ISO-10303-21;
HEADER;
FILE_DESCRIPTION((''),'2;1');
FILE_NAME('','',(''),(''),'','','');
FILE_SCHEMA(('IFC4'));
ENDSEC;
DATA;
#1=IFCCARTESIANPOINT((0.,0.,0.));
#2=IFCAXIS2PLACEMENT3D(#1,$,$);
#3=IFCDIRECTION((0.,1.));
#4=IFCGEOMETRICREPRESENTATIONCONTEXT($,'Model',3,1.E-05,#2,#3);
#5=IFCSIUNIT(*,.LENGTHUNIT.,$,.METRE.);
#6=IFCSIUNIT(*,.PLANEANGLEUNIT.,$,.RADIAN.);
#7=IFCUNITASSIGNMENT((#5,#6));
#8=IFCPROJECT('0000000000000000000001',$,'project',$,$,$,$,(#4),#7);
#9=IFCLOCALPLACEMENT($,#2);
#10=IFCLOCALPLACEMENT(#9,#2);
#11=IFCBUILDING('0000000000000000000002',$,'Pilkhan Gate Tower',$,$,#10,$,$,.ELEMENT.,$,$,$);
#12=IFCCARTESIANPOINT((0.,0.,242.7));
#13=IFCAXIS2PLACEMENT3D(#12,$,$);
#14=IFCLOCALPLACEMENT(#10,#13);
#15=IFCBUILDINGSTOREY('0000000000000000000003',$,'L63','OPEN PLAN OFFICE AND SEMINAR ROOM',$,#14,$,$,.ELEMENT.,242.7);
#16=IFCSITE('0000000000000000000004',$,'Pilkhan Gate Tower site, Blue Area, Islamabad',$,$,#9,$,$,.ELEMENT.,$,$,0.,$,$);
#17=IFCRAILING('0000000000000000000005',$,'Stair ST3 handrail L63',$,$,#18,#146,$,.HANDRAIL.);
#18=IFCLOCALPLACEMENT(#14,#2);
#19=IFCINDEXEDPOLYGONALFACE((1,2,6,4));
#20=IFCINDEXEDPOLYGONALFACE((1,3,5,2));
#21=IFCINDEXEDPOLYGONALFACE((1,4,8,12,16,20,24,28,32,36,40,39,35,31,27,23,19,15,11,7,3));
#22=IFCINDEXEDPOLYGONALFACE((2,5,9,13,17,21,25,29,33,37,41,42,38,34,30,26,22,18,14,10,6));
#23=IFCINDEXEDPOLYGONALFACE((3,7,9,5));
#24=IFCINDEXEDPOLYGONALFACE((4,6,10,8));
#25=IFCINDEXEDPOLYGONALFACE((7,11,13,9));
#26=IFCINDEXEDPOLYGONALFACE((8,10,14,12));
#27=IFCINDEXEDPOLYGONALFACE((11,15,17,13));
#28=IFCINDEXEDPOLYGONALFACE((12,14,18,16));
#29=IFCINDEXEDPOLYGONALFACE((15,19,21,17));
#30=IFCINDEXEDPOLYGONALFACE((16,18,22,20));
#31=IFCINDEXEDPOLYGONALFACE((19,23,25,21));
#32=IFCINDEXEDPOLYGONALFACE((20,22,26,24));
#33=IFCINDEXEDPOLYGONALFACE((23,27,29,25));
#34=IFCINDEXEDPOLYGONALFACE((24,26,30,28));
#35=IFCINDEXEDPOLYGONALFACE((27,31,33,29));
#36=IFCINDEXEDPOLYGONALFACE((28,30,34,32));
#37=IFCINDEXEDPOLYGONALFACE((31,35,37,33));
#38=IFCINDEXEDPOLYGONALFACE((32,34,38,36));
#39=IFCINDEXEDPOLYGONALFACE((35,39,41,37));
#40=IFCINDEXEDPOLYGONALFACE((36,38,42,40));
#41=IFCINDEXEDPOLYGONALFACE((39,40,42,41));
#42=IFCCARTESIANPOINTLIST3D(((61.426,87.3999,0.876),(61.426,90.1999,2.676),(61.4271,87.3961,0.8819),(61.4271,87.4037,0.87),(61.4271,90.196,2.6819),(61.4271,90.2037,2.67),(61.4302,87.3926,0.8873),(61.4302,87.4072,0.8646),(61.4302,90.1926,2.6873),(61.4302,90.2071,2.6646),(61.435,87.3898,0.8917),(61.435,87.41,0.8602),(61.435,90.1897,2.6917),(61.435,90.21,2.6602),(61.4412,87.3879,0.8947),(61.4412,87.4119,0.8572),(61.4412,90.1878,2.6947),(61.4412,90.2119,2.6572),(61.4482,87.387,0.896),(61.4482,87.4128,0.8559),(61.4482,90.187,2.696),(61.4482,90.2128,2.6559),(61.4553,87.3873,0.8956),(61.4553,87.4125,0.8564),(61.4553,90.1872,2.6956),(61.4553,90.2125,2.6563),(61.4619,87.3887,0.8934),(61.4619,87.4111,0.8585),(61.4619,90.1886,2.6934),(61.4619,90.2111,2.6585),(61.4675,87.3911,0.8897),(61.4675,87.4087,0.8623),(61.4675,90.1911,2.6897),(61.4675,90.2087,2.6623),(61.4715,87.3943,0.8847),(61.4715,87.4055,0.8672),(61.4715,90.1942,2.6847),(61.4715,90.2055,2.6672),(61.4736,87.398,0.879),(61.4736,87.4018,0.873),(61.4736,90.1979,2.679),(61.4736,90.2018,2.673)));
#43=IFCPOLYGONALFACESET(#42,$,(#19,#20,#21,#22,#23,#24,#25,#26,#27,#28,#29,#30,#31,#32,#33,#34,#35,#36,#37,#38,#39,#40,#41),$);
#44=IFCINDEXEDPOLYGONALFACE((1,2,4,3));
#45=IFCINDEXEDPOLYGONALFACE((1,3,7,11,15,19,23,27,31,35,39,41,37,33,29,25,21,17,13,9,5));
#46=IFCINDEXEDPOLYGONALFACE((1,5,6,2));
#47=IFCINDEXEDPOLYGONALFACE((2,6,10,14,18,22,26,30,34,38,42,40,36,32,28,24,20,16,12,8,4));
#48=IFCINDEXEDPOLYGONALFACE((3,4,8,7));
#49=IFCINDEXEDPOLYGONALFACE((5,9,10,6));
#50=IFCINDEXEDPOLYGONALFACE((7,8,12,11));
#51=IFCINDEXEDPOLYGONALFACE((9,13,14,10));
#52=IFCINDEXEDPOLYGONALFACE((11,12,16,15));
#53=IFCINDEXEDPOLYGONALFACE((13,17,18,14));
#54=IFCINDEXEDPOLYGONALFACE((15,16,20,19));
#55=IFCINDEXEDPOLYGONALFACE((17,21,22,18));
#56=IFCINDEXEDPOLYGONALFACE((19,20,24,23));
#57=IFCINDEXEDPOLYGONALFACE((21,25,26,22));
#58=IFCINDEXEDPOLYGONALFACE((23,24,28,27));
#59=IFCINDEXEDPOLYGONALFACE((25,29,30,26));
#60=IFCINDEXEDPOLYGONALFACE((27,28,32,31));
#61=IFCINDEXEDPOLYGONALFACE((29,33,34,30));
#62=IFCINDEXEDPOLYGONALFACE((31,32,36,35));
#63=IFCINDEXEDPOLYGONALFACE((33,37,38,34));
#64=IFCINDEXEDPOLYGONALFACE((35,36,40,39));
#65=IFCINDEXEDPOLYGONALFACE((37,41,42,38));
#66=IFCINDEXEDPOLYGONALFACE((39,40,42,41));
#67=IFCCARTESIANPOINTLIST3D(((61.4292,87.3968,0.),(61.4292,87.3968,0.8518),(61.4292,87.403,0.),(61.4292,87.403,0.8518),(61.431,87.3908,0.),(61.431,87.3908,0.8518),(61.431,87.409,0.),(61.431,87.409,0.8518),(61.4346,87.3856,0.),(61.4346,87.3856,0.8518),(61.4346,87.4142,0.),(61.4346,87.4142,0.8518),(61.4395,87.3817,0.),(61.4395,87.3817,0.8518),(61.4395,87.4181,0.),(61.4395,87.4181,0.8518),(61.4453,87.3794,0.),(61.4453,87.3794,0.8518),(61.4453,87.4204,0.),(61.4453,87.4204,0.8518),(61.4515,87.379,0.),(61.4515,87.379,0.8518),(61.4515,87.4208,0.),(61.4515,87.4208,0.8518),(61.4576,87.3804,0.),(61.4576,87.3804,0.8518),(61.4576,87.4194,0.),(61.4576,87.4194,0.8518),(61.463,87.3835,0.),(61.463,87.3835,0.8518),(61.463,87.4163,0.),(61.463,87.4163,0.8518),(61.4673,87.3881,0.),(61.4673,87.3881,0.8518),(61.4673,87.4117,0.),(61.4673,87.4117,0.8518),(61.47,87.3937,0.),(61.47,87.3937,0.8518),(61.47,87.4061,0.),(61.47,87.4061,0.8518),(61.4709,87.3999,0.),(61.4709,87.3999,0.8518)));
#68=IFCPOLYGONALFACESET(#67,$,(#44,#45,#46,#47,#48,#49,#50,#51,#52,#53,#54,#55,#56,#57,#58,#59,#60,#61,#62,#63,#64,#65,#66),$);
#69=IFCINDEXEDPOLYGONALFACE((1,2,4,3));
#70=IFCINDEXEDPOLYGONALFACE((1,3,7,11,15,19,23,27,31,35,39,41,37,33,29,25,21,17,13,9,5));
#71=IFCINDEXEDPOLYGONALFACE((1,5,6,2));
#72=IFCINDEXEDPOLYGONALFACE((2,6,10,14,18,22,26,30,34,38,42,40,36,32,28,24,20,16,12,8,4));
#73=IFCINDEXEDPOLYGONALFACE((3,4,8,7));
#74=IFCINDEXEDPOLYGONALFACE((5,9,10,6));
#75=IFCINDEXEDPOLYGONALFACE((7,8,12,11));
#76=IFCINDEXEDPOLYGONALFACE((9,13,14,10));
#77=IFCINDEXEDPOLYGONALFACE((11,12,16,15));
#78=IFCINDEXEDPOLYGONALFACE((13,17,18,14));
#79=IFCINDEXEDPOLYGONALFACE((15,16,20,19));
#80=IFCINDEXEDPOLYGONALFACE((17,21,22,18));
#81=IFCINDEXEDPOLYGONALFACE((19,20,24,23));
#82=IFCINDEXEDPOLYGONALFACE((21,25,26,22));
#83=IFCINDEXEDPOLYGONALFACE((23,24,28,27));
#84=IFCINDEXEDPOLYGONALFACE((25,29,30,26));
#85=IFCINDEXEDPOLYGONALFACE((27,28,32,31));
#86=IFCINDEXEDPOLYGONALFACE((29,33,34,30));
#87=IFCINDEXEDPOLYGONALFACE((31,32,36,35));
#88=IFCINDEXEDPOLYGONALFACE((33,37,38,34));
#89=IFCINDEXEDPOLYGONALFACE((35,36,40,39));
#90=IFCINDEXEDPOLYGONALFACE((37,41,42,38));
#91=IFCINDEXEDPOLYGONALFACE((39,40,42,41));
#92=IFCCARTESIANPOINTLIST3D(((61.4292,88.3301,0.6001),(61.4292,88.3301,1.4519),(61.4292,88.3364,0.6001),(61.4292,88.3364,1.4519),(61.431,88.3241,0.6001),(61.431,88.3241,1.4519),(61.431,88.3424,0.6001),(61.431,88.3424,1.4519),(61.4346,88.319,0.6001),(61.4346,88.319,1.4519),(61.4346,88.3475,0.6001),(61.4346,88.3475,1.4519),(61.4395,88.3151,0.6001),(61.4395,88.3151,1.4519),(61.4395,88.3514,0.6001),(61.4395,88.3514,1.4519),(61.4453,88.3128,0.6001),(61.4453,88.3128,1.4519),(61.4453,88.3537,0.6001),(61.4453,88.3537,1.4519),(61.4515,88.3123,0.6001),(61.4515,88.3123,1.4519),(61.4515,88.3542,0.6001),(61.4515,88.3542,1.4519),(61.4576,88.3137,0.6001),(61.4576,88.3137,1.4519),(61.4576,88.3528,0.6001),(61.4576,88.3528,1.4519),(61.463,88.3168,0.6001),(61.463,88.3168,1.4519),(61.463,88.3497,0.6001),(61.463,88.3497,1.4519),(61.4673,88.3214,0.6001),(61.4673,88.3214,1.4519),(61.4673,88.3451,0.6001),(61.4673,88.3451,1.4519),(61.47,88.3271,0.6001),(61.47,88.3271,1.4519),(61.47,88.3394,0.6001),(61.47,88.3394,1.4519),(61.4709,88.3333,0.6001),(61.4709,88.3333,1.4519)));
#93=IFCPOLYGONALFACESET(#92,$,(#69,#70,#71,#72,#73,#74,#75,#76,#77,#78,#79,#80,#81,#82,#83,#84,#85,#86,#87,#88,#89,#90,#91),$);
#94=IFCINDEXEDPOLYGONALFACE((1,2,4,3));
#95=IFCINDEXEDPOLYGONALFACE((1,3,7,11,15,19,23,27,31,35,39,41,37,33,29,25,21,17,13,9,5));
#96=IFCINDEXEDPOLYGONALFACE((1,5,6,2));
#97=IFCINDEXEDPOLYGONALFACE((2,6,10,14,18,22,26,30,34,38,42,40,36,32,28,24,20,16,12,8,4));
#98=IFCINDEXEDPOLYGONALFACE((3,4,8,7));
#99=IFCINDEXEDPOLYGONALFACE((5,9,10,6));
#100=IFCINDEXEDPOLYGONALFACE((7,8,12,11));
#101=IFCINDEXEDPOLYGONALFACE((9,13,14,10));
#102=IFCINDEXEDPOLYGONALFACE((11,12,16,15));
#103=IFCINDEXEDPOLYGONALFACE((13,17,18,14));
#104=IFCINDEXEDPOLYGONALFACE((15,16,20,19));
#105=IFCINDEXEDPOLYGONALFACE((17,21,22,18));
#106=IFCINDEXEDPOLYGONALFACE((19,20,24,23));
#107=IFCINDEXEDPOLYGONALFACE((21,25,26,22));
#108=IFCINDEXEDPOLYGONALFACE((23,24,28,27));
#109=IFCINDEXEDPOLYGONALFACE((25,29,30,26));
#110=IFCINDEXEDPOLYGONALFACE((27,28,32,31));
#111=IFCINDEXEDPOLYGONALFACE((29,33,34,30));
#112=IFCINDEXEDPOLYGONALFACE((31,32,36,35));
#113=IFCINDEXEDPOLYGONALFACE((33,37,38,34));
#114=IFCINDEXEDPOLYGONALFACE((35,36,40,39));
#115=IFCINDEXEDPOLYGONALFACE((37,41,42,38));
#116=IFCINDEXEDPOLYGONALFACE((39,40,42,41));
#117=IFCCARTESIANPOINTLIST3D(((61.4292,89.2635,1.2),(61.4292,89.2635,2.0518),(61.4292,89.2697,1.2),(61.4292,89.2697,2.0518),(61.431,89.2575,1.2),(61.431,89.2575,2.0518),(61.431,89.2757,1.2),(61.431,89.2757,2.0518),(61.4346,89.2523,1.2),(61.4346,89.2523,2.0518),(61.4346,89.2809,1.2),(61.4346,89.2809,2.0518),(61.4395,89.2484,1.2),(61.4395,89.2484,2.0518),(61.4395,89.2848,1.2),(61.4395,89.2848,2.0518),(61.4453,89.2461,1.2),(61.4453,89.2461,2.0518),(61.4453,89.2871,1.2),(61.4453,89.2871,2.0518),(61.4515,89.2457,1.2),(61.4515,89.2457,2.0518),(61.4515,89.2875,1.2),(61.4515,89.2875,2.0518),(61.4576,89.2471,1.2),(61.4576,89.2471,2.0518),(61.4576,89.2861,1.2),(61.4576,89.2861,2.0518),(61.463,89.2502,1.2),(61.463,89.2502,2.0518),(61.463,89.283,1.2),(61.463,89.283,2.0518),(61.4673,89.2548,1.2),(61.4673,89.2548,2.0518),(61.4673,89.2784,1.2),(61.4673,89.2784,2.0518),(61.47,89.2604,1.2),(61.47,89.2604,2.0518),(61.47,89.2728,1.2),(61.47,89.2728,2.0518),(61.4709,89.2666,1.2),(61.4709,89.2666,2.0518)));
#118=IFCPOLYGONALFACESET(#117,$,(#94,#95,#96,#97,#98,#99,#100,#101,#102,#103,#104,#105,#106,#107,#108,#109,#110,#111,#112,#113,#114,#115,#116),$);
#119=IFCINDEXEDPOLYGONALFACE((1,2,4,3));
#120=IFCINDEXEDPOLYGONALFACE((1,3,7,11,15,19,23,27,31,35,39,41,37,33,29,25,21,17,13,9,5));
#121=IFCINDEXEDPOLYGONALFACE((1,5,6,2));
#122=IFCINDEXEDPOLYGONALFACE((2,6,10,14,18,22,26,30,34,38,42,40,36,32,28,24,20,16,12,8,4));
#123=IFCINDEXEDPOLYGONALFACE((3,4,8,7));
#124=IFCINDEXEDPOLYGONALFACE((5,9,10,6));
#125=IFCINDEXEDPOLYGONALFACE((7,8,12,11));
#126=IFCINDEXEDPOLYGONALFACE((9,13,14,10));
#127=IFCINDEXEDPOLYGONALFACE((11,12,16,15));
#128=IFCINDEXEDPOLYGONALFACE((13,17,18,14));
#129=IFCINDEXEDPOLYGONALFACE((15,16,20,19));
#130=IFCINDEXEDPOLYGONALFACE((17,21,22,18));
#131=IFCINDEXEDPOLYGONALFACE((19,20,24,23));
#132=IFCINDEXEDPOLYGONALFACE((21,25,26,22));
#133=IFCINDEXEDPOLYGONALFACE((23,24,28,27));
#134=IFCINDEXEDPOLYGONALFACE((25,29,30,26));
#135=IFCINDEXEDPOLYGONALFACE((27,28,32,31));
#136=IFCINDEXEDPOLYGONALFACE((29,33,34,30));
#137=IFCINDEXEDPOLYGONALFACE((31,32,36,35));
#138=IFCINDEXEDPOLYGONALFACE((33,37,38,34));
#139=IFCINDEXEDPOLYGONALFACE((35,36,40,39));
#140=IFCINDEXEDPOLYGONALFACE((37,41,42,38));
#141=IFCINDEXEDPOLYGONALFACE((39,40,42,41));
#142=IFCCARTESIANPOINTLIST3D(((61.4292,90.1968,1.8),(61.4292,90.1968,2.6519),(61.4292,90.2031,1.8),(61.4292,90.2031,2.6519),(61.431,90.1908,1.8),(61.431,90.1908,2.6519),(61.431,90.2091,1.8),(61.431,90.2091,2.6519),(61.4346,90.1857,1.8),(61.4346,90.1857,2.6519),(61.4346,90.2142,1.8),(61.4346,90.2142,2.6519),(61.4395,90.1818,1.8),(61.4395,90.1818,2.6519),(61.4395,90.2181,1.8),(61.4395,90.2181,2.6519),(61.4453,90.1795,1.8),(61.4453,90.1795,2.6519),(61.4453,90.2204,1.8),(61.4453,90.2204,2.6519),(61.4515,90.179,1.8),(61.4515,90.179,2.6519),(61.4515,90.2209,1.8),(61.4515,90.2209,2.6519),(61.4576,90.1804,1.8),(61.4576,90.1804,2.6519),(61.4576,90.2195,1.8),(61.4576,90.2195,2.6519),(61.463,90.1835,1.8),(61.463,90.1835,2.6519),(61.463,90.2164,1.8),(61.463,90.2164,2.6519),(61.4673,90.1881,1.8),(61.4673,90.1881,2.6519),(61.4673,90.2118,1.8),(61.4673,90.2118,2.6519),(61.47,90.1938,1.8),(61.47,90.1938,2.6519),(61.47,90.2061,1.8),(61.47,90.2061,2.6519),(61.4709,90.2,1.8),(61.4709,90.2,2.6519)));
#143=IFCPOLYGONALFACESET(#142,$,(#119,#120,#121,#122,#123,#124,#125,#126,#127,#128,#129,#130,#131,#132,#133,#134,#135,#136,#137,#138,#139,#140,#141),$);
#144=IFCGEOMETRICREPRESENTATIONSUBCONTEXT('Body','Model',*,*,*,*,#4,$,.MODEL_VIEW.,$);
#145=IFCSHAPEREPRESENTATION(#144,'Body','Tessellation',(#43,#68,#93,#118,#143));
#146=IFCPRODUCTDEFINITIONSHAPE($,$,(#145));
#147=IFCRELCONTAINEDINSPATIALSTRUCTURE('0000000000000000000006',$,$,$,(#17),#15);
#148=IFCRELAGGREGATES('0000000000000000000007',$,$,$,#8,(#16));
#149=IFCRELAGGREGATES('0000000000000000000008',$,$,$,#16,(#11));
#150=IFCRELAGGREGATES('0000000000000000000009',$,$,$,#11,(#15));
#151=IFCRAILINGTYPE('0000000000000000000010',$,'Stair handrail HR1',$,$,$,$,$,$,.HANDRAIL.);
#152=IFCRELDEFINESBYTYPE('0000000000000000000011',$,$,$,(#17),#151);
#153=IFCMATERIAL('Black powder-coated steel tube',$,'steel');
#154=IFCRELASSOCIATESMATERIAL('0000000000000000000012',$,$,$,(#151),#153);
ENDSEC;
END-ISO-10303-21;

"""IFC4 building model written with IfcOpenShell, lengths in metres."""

from ifc_helpers import new_model, si_unit, direction, frame, origin, origin_2d, place, context, subcontext, project, spatial, circle, extrude, material, type_object, element, save


model = new_model("IFC4")

# Units and contexts
model_context = context("Model", 3, precision=1e-05, world=origin(), true_north=direction((0.0, 1.0)))
body_context = subcontext(model_context, "Body", "Model", "MODEL_VIEW")
ifc_project = project(units=[si_unit("LENGTHUNIT", "METRE"), si_unit("PLANEANGLEUNIT", "RADIAN")], contexts=[model_context])

# Site, building, storey
site_placement = place(None, origin())
site = spatial("IfcSite", under=ifc_project, at=site_placement, Name="Pilkhan Gate Tower site, Blue Area, Islamabad", CompositionType="ELEMENT", RefElevation=0.0)
building_placement = place(site_placement, origin())
building = spatial("IfcBuilding", under=site, at=building_placement, Name="Pilkhan Gate Tower", CompositionType="ELEMENT")
storey_placement = place(building_placement, frame((0.0, 0.0, 242.7)))
storey = spatial("IfcBuildingStorey", under=building, at=storey_placement, Name="L63", Description="OPEN PLAN OFFICE AND SEMINAR ROOM", CompositionType="ELEMENT", Elevation=242.7)

# Railing
ifc_material_1 = material(Name="Black powder-coated steel tube", Category="steel")
railing_type_1 = type_object("IfcRailingType", Name="Stair handrail HR1", PredefinedType="HANDRAIL", material=ifc_material_1)
railing_1_placement = place(storey_placement, frame((61.45, 87.3999, 0.0)))
element("IfcRailing", 1, at=railing_1_placement, inside=storey, type_object=railing_type_1, Name="Stair ST3 handrail L63", PredefinedType="HANDRAIL", context=body_context, shape_type="SweptSolid", body=[
    extrude(circle(Radius=0.0239, at=origin_2d()), frame((0.0, 0.0, 0.876), z_axis=(0.0, 0.841176, 0.540761), x_axis=(-1.0, 0.0, 0.0)), (0.0, 0.0, 1.0), 3.3286),
    extrude(circle(Radius=0.021, at=origin_2d()), origin(), (0.0, 0.0, 1.0), 0.8518),
    extrude(circle(Radius=0.021, at=origin_2d()), frame((0.0, 0.9333, 0.6001)), (0.0, 0.0, 1.0), 0.8518),
    extrude(circle(Radius=0.021, at=origin_2d()), frame((0.0, 1.8667, 1.2)), (0.0, 0.0, 1.0), 0.8518),
    extrude(circle(Radius=0.021, at=origin_2d()), frame((0.0, 2.8, 1.8)), (0.0, 0.0, 1.0), 0.8518),
])

save(model, "model.ifc")
